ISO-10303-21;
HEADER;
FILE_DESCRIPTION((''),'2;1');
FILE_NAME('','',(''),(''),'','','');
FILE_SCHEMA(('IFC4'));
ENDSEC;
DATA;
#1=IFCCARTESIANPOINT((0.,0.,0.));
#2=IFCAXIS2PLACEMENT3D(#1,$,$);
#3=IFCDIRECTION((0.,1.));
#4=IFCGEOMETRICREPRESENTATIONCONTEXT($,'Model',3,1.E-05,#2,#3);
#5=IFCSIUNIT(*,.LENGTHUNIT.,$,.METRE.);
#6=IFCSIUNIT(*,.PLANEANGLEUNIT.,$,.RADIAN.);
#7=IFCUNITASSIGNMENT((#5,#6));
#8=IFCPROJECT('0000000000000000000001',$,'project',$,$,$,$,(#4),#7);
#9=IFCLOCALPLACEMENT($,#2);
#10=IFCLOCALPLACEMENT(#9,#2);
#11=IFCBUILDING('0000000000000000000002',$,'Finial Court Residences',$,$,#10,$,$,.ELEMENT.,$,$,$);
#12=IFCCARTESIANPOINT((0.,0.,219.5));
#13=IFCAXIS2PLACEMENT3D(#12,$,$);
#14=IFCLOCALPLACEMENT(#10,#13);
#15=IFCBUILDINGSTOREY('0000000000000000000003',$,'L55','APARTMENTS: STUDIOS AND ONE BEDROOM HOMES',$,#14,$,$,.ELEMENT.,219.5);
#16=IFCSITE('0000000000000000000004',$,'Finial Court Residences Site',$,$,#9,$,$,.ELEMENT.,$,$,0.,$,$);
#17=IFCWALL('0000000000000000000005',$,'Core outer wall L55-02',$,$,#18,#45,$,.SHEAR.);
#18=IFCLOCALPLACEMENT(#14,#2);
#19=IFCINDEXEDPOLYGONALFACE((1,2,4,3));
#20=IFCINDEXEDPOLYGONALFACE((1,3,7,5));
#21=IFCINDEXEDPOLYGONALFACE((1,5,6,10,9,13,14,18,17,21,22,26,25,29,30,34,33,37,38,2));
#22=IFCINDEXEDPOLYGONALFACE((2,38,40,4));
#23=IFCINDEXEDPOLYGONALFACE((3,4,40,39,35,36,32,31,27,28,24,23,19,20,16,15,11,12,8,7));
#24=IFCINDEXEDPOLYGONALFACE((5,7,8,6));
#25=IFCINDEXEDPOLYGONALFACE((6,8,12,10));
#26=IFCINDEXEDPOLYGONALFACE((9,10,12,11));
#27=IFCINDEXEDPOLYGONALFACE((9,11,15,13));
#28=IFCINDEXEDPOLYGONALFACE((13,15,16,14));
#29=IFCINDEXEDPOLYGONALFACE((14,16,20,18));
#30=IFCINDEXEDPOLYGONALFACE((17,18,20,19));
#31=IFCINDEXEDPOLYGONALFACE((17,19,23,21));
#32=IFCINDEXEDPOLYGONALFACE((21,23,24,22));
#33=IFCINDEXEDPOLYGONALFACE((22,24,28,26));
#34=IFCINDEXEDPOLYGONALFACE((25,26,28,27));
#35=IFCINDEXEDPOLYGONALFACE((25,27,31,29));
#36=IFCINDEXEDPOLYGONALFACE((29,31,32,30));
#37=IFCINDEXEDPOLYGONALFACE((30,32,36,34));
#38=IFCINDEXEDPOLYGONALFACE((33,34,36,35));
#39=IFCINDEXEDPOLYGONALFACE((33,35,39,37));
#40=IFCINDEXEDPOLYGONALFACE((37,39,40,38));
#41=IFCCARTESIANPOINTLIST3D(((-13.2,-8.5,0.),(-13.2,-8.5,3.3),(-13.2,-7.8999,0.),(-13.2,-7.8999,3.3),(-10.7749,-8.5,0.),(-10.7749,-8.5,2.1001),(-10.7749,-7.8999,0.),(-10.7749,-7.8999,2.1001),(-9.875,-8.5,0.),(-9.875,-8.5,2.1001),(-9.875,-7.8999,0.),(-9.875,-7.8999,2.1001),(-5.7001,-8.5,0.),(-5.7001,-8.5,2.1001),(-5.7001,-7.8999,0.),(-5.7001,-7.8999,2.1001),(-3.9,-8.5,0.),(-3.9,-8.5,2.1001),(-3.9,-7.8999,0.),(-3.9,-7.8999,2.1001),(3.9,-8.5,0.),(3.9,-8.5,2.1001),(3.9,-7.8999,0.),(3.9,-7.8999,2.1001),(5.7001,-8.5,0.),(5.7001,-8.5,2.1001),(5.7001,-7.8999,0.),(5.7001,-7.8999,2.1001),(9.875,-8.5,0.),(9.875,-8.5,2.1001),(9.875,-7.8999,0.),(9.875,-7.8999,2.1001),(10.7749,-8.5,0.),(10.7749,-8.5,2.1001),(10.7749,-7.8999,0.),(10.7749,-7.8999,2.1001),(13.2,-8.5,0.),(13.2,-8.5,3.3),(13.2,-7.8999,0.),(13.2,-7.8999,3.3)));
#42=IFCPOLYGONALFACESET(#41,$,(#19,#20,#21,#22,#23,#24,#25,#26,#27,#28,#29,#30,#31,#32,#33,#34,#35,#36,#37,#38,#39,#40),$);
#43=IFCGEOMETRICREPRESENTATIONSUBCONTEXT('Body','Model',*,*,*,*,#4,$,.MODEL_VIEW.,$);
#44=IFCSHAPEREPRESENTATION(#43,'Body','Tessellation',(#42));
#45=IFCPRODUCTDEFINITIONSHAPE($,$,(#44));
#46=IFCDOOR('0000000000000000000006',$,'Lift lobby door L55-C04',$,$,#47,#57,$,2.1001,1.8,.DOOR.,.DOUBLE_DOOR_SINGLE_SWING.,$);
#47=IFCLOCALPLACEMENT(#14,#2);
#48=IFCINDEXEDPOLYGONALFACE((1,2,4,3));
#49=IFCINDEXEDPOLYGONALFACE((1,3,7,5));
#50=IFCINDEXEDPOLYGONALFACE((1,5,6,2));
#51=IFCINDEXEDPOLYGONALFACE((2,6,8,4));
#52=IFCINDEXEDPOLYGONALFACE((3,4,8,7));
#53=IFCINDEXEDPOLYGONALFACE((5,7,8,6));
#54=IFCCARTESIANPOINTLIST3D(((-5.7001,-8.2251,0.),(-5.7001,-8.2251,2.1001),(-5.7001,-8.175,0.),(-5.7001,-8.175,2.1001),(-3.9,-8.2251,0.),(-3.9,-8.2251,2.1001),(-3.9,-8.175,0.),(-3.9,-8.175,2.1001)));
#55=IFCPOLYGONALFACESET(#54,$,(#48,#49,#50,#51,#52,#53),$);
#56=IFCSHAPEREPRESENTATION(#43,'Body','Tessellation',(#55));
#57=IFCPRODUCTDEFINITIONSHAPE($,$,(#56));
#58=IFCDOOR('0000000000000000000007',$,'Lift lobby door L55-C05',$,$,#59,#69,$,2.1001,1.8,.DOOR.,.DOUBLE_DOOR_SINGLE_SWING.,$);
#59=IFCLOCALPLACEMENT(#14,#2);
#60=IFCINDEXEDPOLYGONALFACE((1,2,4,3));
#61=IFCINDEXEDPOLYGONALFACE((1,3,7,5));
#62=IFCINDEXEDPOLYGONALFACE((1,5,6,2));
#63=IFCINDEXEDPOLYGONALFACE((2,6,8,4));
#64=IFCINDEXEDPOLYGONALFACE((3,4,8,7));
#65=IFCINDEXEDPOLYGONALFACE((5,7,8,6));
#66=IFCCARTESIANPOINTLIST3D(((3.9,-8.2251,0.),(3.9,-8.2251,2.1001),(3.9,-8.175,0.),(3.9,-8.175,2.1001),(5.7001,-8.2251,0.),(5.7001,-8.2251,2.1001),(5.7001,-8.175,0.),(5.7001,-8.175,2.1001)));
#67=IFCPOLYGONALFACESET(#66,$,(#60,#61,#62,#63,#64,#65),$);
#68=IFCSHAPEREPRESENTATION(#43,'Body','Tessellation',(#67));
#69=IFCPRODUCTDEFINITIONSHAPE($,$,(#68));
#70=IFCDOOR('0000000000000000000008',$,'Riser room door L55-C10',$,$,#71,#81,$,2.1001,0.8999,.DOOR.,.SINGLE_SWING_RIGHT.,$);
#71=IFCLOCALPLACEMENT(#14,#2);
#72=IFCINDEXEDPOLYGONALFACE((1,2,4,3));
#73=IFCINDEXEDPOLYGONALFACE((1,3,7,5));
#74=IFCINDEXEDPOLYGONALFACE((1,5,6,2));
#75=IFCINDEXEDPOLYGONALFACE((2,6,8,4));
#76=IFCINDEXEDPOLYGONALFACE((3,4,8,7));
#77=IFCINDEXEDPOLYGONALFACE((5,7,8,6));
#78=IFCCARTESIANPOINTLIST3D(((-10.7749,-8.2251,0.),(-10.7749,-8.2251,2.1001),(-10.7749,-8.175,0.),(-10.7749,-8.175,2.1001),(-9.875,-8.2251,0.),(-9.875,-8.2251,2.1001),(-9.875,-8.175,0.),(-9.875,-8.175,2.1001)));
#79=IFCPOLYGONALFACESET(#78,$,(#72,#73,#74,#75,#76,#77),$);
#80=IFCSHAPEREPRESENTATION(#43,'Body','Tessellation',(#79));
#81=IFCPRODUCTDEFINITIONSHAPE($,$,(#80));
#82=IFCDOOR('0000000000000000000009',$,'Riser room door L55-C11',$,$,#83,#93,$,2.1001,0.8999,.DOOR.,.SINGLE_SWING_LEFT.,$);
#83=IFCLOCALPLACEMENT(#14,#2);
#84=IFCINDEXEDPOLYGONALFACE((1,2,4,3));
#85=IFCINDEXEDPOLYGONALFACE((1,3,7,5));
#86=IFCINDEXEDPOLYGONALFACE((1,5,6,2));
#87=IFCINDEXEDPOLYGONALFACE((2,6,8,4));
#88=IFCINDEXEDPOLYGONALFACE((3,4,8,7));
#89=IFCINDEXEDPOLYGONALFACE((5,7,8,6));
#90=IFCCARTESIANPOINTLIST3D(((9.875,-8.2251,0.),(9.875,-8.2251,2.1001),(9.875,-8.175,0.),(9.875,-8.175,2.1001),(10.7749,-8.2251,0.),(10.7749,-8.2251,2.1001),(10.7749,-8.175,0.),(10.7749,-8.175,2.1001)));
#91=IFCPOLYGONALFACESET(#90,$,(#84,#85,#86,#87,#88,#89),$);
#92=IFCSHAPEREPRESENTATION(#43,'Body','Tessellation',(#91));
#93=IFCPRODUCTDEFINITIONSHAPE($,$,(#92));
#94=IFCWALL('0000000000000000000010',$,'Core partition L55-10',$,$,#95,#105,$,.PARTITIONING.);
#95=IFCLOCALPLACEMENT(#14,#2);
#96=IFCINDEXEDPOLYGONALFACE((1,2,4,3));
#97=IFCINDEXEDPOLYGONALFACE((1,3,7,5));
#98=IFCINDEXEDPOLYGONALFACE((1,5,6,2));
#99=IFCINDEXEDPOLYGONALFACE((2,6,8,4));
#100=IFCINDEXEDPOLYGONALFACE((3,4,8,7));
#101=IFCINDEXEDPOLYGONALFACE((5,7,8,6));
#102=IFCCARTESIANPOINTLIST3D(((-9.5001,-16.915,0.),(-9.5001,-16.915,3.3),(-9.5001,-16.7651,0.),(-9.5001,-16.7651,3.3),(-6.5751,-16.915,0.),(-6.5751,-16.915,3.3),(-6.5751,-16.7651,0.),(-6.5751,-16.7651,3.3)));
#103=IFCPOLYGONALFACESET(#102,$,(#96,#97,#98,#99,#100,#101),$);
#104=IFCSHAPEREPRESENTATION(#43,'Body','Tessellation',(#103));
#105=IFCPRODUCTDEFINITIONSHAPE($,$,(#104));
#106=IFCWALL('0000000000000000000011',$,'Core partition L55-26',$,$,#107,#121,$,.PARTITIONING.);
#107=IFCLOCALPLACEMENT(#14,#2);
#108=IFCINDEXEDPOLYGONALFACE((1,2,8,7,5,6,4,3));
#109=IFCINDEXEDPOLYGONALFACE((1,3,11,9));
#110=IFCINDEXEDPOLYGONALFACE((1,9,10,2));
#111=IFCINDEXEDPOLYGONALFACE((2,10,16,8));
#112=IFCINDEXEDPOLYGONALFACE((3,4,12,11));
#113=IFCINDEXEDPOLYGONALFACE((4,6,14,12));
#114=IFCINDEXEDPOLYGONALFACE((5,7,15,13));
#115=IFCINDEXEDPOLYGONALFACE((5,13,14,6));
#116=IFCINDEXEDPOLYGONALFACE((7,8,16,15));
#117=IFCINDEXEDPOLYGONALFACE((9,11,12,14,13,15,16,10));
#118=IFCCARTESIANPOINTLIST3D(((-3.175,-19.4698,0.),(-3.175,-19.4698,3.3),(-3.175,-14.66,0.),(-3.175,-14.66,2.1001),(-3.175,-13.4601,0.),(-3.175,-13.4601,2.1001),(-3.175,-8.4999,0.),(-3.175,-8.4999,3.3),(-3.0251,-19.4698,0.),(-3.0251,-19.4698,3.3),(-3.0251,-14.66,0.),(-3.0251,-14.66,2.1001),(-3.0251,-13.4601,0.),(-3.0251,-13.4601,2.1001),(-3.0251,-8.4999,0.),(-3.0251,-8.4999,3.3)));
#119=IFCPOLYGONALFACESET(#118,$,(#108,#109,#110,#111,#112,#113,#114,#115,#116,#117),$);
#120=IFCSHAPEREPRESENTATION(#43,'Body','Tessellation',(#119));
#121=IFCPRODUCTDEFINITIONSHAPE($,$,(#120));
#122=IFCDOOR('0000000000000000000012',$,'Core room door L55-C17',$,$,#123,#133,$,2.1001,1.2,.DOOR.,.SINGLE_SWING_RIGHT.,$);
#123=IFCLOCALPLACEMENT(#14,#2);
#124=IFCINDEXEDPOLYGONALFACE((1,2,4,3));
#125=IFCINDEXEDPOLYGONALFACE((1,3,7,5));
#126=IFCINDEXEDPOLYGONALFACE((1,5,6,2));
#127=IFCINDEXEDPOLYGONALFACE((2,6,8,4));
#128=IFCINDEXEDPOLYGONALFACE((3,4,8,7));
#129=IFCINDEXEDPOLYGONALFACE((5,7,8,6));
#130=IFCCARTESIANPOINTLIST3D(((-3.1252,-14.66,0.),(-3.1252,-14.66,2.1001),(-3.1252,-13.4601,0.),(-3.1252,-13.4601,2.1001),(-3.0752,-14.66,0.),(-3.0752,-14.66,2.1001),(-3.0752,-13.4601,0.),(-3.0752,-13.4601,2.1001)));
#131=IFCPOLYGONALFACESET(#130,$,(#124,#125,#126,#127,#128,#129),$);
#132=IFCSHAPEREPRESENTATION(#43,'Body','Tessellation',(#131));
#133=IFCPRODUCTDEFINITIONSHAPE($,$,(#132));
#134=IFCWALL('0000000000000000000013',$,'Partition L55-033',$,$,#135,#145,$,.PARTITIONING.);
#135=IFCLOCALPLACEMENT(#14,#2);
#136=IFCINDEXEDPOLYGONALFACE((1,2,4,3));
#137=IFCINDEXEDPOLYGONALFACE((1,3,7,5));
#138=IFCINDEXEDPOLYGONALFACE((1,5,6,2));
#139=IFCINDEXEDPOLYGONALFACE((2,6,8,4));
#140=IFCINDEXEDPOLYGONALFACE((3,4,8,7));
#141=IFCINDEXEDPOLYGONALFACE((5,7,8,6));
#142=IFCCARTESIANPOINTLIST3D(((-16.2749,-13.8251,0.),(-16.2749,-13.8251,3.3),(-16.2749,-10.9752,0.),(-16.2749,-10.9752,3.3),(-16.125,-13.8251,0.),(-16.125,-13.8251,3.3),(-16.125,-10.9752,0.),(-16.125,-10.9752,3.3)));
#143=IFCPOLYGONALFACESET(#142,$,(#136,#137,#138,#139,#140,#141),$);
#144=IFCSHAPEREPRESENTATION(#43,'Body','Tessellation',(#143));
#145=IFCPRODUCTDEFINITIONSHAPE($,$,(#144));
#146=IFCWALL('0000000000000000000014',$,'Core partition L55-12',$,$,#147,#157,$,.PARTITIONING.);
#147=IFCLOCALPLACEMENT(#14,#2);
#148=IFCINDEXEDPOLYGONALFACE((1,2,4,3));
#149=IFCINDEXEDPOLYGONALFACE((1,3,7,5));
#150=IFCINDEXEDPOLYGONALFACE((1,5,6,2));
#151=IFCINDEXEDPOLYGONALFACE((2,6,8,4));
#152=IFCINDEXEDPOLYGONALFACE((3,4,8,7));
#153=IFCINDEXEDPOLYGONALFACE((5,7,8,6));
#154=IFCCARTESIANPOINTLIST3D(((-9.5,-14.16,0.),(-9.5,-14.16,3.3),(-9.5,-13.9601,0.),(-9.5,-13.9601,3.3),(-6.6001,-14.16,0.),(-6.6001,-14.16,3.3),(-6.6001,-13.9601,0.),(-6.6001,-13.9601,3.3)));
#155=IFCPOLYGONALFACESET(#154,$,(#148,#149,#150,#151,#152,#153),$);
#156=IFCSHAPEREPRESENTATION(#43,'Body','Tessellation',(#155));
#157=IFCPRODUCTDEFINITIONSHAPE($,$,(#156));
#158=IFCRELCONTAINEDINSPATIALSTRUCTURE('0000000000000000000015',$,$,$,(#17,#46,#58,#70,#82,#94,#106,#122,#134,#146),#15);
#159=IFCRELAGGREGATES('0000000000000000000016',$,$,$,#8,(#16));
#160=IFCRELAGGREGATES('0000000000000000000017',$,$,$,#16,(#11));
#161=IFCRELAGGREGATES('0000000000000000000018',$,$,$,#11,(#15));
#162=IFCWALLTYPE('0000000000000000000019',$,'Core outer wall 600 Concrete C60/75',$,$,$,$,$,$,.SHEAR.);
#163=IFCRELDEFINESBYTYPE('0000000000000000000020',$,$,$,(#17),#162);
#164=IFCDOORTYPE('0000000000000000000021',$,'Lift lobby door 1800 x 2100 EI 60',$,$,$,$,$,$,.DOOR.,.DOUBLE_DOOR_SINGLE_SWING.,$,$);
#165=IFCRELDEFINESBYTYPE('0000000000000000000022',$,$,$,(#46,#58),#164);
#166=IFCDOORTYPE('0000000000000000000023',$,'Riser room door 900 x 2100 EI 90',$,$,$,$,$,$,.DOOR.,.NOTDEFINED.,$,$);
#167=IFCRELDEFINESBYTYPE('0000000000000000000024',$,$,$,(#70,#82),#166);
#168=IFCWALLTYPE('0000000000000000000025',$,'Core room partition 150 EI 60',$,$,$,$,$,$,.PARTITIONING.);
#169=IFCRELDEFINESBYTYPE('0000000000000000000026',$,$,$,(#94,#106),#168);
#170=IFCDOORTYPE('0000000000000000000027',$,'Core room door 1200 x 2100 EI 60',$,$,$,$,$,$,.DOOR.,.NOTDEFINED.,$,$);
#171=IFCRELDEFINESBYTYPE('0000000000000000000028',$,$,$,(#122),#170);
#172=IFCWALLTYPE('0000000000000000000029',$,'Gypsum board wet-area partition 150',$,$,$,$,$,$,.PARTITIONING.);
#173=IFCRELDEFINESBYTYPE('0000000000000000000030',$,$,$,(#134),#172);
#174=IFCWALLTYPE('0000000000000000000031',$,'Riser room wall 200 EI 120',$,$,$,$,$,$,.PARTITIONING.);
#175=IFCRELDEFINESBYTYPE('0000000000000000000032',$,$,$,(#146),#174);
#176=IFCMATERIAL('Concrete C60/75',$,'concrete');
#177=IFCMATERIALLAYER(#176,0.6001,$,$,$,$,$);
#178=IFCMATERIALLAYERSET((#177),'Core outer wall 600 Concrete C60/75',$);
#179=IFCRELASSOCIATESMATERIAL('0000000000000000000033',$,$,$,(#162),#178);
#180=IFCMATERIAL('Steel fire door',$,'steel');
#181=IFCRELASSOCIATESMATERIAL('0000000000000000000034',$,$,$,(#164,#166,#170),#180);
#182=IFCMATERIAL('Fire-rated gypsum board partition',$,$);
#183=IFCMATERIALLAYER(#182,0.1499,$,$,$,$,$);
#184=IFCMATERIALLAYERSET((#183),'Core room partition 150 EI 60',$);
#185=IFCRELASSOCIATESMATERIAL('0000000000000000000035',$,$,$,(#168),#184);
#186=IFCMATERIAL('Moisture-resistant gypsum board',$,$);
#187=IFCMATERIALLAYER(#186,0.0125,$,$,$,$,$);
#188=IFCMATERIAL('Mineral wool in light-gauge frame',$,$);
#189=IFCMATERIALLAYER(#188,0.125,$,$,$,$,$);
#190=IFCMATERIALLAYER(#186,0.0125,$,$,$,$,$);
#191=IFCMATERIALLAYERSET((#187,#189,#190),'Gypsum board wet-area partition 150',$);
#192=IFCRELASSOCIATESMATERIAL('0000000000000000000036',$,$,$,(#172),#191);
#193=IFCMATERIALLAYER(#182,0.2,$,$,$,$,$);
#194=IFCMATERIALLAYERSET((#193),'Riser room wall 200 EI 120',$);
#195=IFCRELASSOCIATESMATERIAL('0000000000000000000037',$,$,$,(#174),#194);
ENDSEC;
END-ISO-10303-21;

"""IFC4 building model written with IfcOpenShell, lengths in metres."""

from ifc_helpers import new_model, si_unit, direction, frame, frame_2d, origin, place, context, subcontext, project, spatial, rectangle, extrude, material, layer, layer_set, type_object, element, fill, save


model = new_model("IFC4")

# Units and contexts
model_context = context("Model", 3, precision=1e-05, world=origin(), true_north=direction((0.0, 1.0)))
body_context = subcontext(model_context, "Body", "Model", "MODEL_VIEW")
ifc_project = project(units=[si_unit("LENGTHUNIT", "METRE"), si_unit("PLANEANGLEUNIT", "RADIAN")], contexts=[model_context])

# Site, building, storey
site_placement = place(None, origin())
site = spatial("IfcSite", under=ifc_project, at=site_placement, Name="Finial Court Residences Site", CompositionType="ELEMENT", RefElevation=0.0)
building_placement = place(site_placement, origin())
building = spatial("IfcBuilding", under=site, at=building_placement, Name="Finial Court Residences", CompositionType="ELEMENT")
storey_placement = place(building_placement, frame((0.0, 0.0, 219.5)))
storey = spatial("IfcBuildingStorey", under=building, at=storey_placement, Name="L55", Description="APARTMENTS: STUDIOS AND ONE BEDROOM HOMES", CompositionType="ELEMENT", Elevation=219.5)

# Wall, openings, doors
ifc_material_1 = material(Name="Concrete C60/75", Category="concrete")
ifc_layer_1 = layer(ifc_material_1, 0.6001)
ifc_layer_set_1 = layer_set([ifc_layer_1], Name="Core outer wall 600 Concrete C60/75")
wall_type_1 = type_object("IfcWallType", Name="Core outer wall 600 Concrete C60/75", PredefinedType="SHEAR", material=ifc_layer_set_1)
wall_1_placement = place(storey_placement, frame((-13.2, -8.2, 0.0), z_axis=(0.0, 0.0, 1.0), x_axis=(1.0, 0.0, 0.0)))
wall_1 = element("IfcWall", 1, at=wall_1_placement, inside=storey, type_object=wall_type_1, Name="Core outer wall L55-02", PredefinedType="SHEAR", context=body_context, shape_type="SweptSolid", body=[
    extrude(rectangle(XDim=26.3999, YDim=0.6001, at=frame_2d((13.2, 0.0))), origin(), (0.0, 0.0, 1.0), 3.3),
])
opening_1_placement = place(wall_1_placement, frame((7.5, 0.0, 0.0)))
opening_1 = element("IfcOpeningElement", 2, at=opening_1_placement, cuts=wall_1, PredefinedType="OPENING", context=body_context, shape_type="SweptSolid", body=[
    extrude(rectangle(XDim=1.8, YDim=2.1001, at=frame_2d((0.8999, 1.05))), frame((0.0, 0.3101, 0.0), z_axis=(0.0, -1.0, 0.0), x_axis=(1.0, 0.0, 0.0)), (0.0, 0.0, 1.0), 0.6201),
])
opening_2_placement = place(wall_1_placement, frame((17.1001, 0.0, 0.0)))
opening_2 = element("IfcOpeningElement", 3, at=opening_2_placement, cuts=wall_1, PredefinedType="OPENING", context=body_context, shape_type="SweptSolid", body=[
    extrude(rectangle(XDim=1.8, YDim=2.1001, at=frame_2d((0.8999, 1.05))), frame((0.0, 0.3101, 0.0), z_axis=(0.0, -1.0, 0.0), x_axis=(1.0, 0.0, 0.0)), (0.0, 0.0, 1.0), 0.6201),
])
opening_3_placement = place(wall_1_placement, frame((2.425, 0.0, 0.0)))
opening_3 = element("IfcOpeningElement", 4, at=opening_3_placement, cuts=wall_1, PredefinedType="OPENING", context=body_context, shape_type="SweptSolid", body=[
    extrude(rectangle(XDim=0.8999, YDim=2.1001, at=frame_2d((0.45, 1.05))), frame((0.0, 0.3101, 0.0), z_axis=(0.0, -1.0, 0.0), x_axis=(1.0, 0.0, 0.0)), (0.0, 0.0, 1.0), 0.6201),
])
opening_4_placement = place(wall_1_placement, frame((23.075, 0.0, 0.0)))
opening_4 = element("IfcOpeningElement", 5, at=opening_4_placement, cuts=wall_1, PredefinedType="OPENING", context=body_context, shape_type="SweptSolid", body=[
    extrude(rectangle(XDim=0.8999, YDim=2.1001, at=frame_2d((0.45, 1.05))), frame((0.0, 0.3101, 0.0), z_axis=(0.0, -1.0, 0.0), x_axis=(1.0, 0.0, 0.0)), (0.0, 0.0, 1.0), 0.6201),
])
ifc_material_2 = material(Name="Steel fire door", Category="steel")
door_type_1 = type_object("IfcDoorType", Name="Lift lobby door 1800 x 2100 EI 60", OperationType="DOUBLE_DOOR_SINGLE_SWING", PredefinedType="DOOR", material=ifc_material_2)
door_1_placement = place(opening_1_placement, origin())
door_1 = element("IfcDoor", 6, at=door_1_placement, inside=storey, type_object=door_type_1, Name="Lift lobby door L55-C04", OperationType="DOUBLE_DOOR_SINGLE_SWING", OverallHeight=2.1001, OverallWidth=1.8, PredefinedType="DOOR", context=body_context, shape_type="SweptSolid", body=[
    extrude(rectangle(XDim=1.8, YDim=2.1001, at=frame_2d((0.8999, 1.05))), frame((0.0, 0.0249, 0.0), z_axis=(0.0, -1.0, 0.0), x_axis=(1.0, 0.0, 0.0)), (0.0, 0.0, 1.0), 0.05),
])
fill(opening_1, door_1)
door_2_placement = place(opening_2_placement, origin())
door_2 = element("IfcDoor", 7, at=door_2_placement, inside=storey, type_object=door_type_1, Name="Lift lobby door L55-C05", OperationType="DOUBLE_DOOR_SINGLE_SWING", OverallHeight=2.1001, OverallWidth=1.8, PredefinedType="DOOR", context=body_context, shape_type="SweptSolid", body=[
    extrude(rectangle(XDim=1.8, YDim=2.1001, at=frame_2d((0.8999, 1.05))), frame((0.0, 0.0249, 0.0), z_axis=(0.0, -1.0, 0.0), x_axis=(1.0, 0.0, 0.0)), (0.0, 0.0, 1.0), 0.05),
])
fill(opening_2, door_2)
door_type_2 = type_object("IfcDoorType", Name="Riser room door 900 x 2100 EI 90", OperationType="NOTDEFINED", PredefinedType="DOOR", material=ifc_material_2)
door_3_placement = place(opening_3_placement, origin())
door_3 = element("IfcDoor", 8, at=door_3_placement, inside=storey, type_object=door_type_2, Name="Riser room door L55-C10", OperationType="SINGLE_SWING_RIGHT", OverallHeight=2.1001, OverallWidth=0.8999, PredefinedType="DOOR", context=body_context, shape_type="SweptSolid", body=[
    extrude(rectangle(XDim=0.8999, YDim=2.1001, at=frame_2d((0.45, 1.05))), frame((0.0, 0.0249, 0.0), z_axis=(0.0, -1.0, 0.0), x_axis=(1.0, 0.0, 0.0)), (0.0, 0.0, 1.0), 0.05),
])
fill(opening_3, door_3)
door_4_placement = place(opening_4_placement, origin())
door_4 = element("IfcDoor", 9, at=door_4_placement, inside=storey, type_object=door_type_2, Name="Riser room door L55-C11", OperationType="SINGLE_SWING_LEFT", OverallHeight=2.1001, OverallWidth=0.8999, PredefinedType="DOOR", context=body_context, shape_type="SweptSolid", body=[
    extrude(rectangle(XDim=0.8999, YDim=2.1001, at=frame_2d((0.45, 1.05))), frame((0.0, 0.0249, 0.0), z_axis=(0.0, -1.0, 0.0), x_axis=(1.0, 0.0, 0.0)), (0.0, 0.0, 1.0), 0.05),
])
fill(opening_4, door_4)

# Wall
ifc_material_3 = material(Name="Fire-rated gypsum board partition")
ifc_layer_2 = layer(ifc_material_3, 0.1499)
ifc_layer_set_2 = layer_set([ifc_layer_2], Name="Core room partition 150 EI 60")
wall_type_2 = type_object("IfcWallType", Name="Core room partition 150 EI 60", PredefinedType="PARTITIONING", material=ifc_layer_set_2)
wall_2_placement = place(storey_placement, frame((-9.5, -16.8401, 0.0), z_axis=(0.0, 0.0, 1.0), x_axis=(1.0, 0.0, 0.0)))
element("IfcWall", 10, at=wall_2_placement, inside=storey, type_object=wall_type_2, Name="Core partition L55-10", PredefinedType="PARTITIONING", context=body_context, shape_type="SweptSolid", body=[
    extrude(rectangle(XDim=2.925, YDim=0.1499, at=frame_2d((1.4624, 0.0))), origin(), (0.0, 0.0, 1.0), 3.3),
])

# Wall, opening, door
wall_3_placement = place(storey_placement, frame((-3.1001, -8.5, 0.0), z_axis=(0.0, 0.0, 1.0), x_axis=(0.0, -1.0, 0.0)))
wall_3 = element("IfcWall", 11, at=wall_3_placement, inside=storey, type_object=wall_type_2, Name="Core partition L55-26", PredefinedType="PARTITIONING", context=body_context, shape_type="SweptSolid", body=[
    extrude(rectangle(XDim=10.97, YDim=0.1499, at=frame_2d((5.4849, 0.0))), origin(), (0.0, 0.0, 1.0), 3.3),
])
opening_5_placement = place(wall_3_placement, frame((4.96, 0.0, 0.0)))
opening_5 = element("IfcOpeningElement", 12, at=opening_5_placement, cuts=wall_3, PredefinedType="OPENING", context=body_context, shape_type="SweptSolid", body=[
    extrude(rectangle(XDim=1.2, YDim=2.1001, at=frame_2d((0.6001, 1.05))), frame((0.0, 0.085, 0.0), z_axis=(0.0, -1.0, 0.0), x_axis=(1.0, 0.0, 0.0)), (0.0, 0.0, 1.0), 0.1699),
])
door_type_3 = type_object("IfcDoorType", Name="Core room door 1200 x 2100 EI 60", OperationType="NOTDEFINED", PredefinedType="DOOR", material=ifc_material_2)
door_5_placement = place(opening_5_placement, origin())
door_5 = element("IfcDoor", 13, at=door_5_placement, inside=storey, type_object=door_type_3, Name="Core room door L55-C17", OperationType="SINGLE_SWING_RIGHT", OverallHeight=2.1001, OverallWidth=1.2, PredefinedType="DOOR", context=body_context, shape_type="SweptSolid", body=[
    extrude(rectangle(XDim=1.2, YDim=2.1001, at=frame_2d((0.6001, 1.05))), frame((0.0, 0.0249, 0.0), z_axis=(0.0, -1.0, 0.0), x_axis=(1.0, 0.0, 0.0)), (0.0, 0.0, 1.0), 0.05),
])
fill(opening_5, door_5)

# Walls
ifc_material_4 = material(Name="Moisture-resistant gypsum board")
ifc_layer_3 = layer(ifc_material_4, 0.0125)
ifc_material_5 = material(Name="Mineral wool in light-gauge frame")
ifc_layer_4 = layer(ifc_material_5, 0.125)
ifc_layer_5 = layer(ifc_material_4, 0.0125)
ifc_layer_set_3 = layer_set([ifc_layer_3, ifc_layer_4, ifc_layer_5], Name="Gypsum board wet-area partition 150")
wall_type_3 = type_object("IfcWallType", Name="Gypsum board wet-area partition 150", PredefinedType="PARTITIONING", material=ifc_layer_set_3)
wall_4_placement = place(storey_placement, frame((-16.2, -13.825, 0.0), z_axis=(0.0, 0.0, 1.0), x_axis=(0.0, 1.0, 0.0)))
element("IfcWall", 14, at=wall_4_placement, inside=storey, type_object=wall_type_3, Name="Partition L55-033", PredefinedType="PARTITIONING", context=body_context, shape_type="SweptSolid", body=[
    extrude(rectangle(XDim=2.8499, YDim=0.1499, at=frame_2d((1.4248, 0.0))), origin(), (0.0, 0.0, 1.0), 3.3),
])
ifc_layer_6 = layer(ifc_material_3, 0.2)
ifc_layer_set_4 = layer_set([ifc_layer_6], Name="Riser room wall 200 EI 120")
wall_type_4 = type_object("IfcWallType", Name="Riser room wall 200 EI 120", PredefinedType="PARTITIONING", material=ifc_layer_set_4)
wall_5_placement = place(storey_placement, frame((-9.5, -14.0601, 0.0), z_axis=(0.0, 0.0, 1.0), x_axis=(1.0, 0.0, 0.0)))
element("IfcWall", 15, at=wall_5_placement, inside=storey, type_object=wall_type_4, Name="Core partition L55-12", PredefinedType="PARTITIONING", context=body_context, shape_type="SweptSolid", body=[
    extrude(rectangle(XDim=2.8999, YDim=0.2, at=frame_2d((1.45, 0.0))), origin(), (0.0, 0.0, 1.0), 3.3),
])

save(model, "model.ifc")
